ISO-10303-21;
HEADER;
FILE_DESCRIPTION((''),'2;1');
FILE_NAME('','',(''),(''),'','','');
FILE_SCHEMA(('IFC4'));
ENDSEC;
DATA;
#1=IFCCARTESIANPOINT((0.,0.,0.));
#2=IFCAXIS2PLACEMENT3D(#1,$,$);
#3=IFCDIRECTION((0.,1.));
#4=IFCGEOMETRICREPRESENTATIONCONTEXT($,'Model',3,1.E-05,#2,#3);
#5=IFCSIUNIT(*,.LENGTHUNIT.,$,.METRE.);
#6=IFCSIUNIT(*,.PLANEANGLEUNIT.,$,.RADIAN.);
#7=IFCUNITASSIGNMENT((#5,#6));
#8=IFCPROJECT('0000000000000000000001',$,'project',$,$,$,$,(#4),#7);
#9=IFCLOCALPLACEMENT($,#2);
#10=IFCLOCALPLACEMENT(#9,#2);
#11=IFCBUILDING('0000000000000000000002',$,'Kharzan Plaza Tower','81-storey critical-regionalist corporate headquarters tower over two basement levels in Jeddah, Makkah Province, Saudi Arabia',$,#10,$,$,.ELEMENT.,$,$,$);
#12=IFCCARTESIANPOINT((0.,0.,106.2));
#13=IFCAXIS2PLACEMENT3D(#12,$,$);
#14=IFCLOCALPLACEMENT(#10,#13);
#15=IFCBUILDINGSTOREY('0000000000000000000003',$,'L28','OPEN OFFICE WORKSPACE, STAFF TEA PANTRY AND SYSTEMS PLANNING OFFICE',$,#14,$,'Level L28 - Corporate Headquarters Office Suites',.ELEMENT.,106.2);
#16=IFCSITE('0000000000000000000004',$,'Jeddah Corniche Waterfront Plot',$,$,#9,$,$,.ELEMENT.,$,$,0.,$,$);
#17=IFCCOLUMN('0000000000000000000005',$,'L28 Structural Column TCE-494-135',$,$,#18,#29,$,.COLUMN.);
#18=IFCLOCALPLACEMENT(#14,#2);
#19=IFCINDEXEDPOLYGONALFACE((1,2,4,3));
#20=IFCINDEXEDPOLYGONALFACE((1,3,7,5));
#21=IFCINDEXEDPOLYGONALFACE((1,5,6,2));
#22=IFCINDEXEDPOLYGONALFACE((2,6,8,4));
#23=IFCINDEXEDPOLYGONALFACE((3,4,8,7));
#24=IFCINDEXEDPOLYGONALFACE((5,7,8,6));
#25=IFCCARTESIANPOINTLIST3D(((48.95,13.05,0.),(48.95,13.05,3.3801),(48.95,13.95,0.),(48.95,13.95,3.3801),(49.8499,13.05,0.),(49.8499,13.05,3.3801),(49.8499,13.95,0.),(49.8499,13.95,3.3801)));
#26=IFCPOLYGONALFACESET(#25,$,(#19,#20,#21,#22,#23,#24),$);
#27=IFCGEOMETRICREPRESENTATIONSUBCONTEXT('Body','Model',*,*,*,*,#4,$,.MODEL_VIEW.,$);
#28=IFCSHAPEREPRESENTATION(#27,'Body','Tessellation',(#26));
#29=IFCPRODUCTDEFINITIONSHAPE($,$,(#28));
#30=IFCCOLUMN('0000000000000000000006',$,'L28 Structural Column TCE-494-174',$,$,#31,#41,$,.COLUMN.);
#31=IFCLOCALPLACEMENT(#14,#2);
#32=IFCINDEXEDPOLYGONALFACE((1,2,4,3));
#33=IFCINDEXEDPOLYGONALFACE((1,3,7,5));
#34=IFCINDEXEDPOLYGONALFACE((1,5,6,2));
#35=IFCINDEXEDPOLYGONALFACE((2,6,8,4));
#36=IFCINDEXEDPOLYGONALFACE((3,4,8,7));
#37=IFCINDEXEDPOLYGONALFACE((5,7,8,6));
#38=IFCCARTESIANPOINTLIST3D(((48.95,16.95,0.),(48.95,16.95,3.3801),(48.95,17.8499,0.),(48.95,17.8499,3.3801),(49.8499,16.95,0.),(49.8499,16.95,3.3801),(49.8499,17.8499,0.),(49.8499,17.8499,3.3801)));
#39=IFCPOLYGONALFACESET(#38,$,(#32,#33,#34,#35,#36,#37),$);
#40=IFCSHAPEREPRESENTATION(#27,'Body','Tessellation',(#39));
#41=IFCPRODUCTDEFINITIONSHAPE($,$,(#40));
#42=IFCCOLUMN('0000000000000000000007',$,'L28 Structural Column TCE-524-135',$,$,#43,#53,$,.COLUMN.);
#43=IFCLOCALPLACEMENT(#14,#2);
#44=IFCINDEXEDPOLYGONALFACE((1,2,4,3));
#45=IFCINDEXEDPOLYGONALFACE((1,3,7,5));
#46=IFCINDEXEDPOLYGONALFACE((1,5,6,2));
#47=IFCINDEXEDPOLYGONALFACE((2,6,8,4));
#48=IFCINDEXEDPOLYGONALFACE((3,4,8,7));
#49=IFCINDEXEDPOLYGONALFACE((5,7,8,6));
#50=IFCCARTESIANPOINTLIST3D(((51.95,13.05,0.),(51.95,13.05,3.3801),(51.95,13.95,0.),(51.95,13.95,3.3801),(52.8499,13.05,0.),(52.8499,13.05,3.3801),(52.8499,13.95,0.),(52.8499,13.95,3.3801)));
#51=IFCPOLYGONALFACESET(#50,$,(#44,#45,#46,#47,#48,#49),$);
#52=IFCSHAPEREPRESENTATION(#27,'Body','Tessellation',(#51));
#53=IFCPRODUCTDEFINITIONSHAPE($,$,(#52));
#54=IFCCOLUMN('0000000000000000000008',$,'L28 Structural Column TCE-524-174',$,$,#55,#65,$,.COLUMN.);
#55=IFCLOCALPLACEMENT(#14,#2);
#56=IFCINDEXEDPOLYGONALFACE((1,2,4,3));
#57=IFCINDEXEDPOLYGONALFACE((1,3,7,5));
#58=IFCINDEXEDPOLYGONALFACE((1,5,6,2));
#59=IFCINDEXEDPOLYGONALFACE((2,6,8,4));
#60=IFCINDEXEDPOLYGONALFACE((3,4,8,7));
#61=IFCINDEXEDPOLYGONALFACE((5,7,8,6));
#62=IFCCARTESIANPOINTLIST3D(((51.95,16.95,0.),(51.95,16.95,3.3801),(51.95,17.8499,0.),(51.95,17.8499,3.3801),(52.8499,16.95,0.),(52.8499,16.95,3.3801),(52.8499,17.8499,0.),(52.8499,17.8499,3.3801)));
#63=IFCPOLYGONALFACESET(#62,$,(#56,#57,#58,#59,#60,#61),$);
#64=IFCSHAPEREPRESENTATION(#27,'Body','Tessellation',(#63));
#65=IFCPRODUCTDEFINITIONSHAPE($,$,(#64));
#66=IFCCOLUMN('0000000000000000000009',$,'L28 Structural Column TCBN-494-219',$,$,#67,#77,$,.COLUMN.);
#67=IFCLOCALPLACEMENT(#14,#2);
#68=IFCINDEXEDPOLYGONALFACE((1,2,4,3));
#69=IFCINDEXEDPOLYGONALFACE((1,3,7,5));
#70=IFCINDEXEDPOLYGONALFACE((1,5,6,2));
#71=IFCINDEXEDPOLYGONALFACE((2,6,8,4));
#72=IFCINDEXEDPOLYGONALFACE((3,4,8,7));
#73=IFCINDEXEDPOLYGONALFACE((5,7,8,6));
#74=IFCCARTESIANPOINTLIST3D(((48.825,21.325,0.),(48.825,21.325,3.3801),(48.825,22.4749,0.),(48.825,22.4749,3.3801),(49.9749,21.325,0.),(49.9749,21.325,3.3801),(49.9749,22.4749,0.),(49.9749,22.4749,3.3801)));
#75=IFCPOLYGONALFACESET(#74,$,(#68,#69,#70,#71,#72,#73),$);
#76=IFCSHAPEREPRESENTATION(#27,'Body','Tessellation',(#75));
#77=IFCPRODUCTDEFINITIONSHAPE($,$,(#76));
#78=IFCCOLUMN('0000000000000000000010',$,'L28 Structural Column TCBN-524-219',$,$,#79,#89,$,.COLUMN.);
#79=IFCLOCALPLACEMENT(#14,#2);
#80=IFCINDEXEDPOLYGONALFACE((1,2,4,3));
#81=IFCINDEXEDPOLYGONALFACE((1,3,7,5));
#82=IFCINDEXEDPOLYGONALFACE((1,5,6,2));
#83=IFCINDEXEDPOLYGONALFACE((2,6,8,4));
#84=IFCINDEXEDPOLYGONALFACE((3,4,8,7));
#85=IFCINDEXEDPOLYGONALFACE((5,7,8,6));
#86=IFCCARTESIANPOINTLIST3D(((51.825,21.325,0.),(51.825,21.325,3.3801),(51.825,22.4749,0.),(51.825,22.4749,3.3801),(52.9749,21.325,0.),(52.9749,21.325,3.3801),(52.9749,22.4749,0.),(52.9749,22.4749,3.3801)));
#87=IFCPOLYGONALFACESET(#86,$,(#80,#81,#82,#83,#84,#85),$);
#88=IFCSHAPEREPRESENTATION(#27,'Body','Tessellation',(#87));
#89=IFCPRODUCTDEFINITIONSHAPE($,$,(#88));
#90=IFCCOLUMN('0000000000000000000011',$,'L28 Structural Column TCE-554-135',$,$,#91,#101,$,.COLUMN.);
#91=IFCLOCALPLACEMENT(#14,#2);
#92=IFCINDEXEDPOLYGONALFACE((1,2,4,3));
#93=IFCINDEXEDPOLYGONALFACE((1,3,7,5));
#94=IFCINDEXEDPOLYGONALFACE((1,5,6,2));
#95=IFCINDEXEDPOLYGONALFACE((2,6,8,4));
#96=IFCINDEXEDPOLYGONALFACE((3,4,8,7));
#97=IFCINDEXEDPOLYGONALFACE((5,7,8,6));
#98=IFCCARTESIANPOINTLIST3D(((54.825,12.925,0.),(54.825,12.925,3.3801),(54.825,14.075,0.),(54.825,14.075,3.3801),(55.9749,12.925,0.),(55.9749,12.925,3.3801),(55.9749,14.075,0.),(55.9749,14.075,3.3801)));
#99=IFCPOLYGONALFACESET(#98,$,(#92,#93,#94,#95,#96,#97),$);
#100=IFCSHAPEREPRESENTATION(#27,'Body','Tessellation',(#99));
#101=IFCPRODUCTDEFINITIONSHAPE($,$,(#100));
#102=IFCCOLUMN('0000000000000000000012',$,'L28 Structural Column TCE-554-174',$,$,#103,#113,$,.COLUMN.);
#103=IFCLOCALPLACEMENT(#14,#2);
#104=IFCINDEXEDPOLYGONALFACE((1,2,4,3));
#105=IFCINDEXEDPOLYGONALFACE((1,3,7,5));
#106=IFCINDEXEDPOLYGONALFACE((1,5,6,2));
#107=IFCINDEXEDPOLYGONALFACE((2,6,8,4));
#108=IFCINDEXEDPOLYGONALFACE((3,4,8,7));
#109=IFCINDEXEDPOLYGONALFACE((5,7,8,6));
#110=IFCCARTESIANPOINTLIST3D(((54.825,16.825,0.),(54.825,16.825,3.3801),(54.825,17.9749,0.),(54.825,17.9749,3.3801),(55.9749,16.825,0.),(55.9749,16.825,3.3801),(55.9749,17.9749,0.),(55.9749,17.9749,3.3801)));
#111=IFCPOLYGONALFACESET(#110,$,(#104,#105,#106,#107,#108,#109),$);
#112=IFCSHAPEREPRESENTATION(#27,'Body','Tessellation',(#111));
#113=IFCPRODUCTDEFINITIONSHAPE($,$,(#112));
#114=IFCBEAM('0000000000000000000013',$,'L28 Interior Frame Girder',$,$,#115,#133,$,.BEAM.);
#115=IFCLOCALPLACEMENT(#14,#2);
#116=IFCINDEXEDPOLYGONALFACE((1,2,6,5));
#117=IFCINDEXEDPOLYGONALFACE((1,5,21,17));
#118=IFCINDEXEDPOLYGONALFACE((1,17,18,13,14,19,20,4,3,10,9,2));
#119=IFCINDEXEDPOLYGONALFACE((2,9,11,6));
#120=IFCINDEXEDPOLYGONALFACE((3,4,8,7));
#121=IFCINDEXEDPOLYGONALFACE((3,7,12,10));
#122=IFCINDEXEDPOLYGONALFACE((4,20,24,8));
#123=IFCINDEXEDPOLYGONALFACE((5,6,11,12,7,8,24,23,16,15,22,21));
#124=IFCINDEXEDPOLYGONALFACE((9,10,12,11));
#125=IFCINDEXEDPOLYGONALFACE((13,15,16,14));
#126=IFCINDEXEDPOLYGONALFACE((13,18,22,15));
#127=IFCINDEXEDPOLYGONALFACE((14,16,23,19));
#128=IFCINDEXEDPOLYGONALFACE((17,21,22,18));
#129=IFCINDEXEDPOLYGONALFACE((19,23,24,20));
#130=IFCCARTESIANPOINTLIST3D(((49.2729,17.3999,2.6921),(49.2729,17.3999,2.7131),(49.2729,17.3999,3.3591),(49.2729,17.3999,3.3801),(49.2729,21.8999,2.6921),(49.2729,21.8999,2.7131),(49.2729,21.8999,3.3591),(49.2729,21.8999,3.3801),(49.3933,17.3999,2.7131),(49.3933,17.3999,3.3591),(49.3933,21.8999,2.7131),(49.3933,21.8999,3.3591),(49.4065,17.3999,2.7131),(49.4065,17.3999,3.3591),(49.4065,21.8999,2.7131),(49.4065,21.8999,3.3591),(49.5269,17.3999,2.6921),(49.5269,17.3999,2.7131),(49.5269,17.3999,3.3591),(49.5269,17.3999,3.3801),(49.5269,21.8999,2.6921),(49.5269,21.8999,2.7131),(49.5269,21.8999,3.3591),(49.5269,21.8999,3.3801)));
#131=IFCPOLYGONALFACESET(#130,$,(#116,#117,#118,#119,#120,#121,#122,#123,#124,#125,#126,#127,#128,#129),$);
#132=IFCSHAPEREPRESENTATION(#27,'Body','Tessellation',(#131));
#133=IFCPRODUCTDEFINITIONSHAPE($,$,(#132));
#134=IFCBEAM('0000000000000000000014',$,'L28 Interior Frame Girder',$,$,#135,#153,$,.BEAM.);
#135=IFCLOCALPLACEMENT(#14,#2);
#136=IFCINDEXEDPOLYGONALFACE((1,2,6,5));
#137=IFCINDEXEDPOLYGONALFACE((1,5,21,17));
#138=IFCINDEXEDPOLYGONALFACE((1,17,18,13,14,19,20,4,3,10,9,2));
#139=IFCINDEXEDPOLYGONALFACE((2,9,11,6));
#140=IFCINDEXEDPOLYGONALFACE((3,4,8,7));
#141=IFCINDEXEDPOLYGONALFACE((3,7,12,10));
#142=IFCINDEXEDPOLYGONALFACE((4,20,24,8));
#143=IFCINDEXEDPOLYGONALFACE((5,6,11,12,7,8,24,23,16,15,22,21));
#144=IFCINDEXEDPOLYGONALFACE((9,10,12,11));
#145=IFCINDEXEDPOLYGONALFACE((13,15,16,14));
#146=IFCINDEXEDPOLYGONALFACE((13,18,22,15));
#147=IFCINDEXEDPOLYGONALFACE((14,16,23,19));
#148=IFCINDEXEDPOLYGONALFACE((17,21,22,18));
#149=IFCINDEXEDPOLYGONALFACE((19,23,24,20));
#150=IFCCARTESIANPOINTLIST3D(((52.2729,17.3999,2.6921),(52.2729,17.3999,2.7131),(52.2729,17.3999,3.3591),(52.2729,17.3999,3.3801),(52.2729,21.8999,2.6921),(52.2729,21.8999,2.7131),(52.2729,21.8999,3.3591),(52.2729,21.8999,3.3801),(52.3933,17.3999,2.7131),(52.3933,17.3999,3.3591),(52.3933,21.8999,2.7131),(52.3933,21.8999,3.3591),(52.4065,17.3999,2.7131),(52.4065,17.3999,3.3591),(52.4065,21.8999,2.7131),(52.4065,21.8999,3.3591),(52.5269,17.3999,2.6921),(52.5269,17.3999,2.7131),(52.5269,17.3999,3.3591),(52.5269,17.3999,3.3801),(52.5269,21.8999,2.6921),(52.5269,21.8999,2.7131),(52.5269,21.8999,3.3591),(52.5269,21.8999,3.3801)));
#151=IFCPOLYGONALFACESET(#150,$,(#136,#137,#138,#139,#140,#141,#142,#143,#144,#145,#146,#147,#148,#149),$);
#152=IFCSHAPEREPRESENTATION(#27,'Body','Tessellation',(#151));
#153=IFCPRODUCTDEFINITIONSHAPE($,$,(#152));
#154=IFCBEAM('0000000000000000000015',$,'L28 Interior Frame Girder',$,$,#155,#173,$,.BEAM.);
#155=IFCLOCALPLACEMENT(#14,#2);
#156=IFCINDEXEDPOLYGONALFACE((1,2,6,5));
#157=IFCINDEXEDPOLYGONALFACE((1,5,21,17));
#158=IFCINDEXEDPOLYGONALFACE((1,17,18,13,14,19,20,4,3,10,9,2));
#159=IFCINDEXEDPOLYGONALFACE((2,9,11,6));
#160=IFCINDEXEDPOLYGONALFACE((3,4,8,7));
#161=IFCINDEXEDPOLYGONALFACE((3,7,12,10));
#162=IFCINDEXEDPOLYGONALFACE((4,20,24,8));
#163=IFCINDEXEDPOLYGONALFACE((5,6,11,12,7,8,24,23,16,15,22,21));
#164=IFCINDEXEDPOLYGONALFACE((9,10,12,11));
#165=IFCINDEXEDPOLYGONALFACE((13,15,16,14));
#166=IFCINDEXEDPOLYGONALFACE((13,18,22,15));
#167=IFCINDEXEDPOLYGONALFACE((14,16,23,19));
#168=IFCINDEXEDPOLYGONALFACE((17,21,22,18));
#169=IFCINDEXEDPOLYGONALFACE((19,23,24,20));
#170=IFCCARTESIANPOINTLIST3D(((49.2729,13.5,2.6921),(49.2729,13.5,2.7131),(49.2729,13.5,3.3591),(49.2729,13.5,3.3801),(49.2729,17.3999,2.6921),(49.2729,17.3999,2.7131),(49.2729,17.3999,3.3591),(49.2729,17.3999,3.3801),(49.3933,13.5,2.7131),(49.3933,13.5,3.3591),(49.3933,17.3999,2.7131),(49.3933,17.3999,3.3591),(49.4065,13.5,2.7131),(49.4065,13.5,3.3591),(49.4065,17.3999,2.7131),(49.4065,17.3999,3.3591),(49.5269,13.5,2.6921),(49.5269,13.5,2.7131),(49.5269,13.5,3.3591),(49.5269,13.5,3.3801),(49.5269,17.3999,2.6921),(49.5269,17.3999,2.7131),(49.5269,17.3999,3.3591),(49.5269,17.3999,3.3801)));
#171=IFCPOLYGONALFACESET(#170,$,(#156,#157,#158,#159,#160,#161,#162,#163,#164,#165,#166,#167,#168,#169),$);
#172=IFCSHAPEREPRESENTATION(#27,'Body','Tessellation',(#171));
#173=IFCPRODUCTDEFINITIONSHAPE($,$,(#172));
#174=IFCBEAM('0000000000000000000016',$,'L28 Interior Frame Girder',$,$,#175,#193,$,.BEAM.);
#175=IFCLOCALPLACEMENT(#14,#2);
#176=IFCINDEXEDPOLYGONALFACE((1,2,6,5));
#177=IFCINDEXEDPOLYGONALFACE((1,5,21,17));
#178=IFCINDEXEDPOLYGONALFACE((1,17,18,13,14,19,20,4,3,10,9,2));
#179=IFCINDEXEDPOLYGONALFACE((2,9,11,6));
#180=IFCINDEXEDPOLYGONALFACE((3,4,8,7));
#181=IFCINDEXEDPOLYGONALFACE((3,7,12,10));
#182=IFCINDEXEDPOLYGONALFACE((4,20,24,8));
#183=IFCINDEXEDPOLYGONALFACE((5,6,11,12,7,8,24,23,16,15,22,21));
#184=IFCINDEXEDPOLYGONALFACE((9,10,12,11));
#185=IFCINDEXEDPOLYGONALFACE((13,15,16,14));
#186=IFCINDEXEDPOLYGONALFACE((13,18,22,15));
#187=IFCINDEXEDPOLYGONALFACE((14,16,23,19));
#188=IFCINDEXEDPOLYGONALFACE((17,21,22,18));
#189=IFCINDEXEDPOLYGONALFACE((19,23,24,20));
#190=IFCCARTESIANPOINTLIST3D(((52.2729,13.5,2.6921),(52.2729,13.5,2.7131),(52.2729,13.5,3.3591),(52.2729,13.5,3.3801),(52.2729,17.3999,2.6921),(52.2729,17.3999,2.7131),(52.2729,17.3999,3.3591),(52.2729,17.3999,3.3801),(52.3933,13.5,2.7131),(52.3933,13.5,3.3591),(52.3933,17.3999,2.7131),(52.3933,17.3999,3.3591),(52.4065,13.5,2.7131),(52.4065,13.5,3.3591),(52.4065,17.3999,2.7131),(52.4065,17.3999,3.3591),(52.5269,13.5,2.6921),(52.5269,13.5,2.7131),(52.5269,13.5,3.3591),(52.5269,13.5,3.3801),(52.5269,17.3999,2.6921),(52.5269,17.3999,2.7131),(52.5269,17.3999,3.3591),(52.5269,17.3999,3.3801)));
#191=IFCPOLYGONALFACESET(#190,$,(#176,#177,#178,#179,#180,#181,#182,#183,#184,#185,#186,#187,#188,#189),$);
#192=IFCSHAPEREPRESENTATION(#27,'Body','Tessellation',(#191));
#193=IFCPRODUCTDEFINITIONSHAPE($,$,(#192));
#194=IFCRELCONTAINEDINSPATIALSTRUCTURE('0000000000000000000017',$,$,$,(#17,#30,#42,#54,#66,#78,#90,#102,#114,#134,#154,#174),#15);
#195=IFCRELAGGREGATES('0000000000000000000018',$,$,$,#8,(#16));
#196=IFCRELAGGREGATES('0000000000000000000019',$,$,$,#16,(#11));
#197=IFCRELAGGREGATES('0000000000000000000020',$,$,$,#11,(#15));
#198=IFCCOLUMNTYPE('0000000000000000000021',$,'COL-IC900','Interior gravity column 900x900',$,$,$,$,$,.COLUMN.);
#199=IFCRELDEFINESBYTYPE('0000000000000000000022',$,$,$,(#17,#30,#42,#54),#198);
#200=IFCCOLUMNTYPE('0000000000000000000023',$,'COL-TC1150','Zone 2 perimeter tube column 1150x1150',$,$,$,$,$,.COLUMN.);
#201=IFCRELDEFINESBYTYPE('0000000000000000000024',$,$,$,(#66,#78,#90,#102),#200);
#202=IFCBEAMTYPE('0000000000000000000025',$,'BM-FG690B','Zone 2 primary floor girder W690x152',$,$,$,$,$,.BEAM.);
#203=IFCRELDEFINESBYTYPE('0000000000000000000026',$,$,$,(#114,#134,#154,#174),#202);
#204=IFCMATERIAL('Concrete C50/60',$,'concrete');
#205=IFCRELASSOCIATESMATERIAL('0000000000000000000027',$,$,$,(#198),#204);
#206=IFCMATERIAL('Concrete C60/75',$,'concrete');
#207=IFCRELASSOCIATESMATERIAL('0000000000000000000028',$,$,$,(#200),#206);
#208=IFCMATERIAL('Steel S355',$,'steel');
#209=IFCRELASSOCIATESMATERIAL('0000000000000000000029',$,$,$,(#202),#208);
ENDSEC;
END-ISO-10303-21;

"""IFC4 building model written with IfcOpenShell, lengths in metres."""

from ifc_helpers import new_model, si_unit, direction, frame, origin, origin_2d, place, context, subcontext, project, spatial, rectangle, i_section, extrude, source, transform, mapped, material, material_profile, profile_set, type_object, element, save


model = new_model("IFC4")

# Units and contexts
model_context = context("Model", 3, precision=1e-05, world=origin(), true_north=direction((0.0, 1.0)))
body_context = subcontext(model_context, "Body", "Model", "MODEL_VIEW")
ifc_project = project(units=[si_unit("LENGTHUNIT", "METRE"), si_unit("PLANEANGLEUNIT", "RADIAN")], contexts=[model_context])

# Site, building, storey
site_placement = place(None, origin())
site = spatial("IfcSite", under=ifc_project, at=site_placement, Name="Jeddah Corniche Waterfront Plot", CompositionType="ELEMENT", RefElevation=0.0)
building_placement = place(site_placement, origin())
building = spatial("IfcBuilding", under=site, at=building_placement, Name="Kharzan Plaza Tower", Description="81-storey critical-regionalist corporate headquarters tower over two basement levels in Jeddah, Makkah Province, Saudi Arabia", CompositionType="ELEMENT")
storey_placement = place(building_placement, frame((0.0, 0.0, 106.2)))
storey = spatial("IfcBuildingStorey", under=building, at=storey_placement, Name="L28", Description="OPEN OFFICE WORKSPACE, STAFF TEA PANTRY AND SYSTEMS PLANNING OFFICE", LongName="Level L28 - Corporate Headquarters Office Suites", CompositionType="ELEMENT", Elevation=106.2)

# Columns
ifc_material_1 = material(Name="Concrete C50/60", Category="concrete")
ifc_material_profile_1 = material_profile(ifc_material_1, rectangle(XDim=0.8999, YDim=0.8999, at=origin_2d()), Name="RC-IC900x900")
ifc_profile_set_1 = profile_set([ifc_material_profile_1], Name="Concrete C50/60")
column_type_1 = type_object("IfcColumnType", Name="COL-IC900", Description="Interior gravity column 900x900", PredefinedType="COLUMN", material=ifc_profile_set_1)
shared_shape_1 = source(origin(), body_context, "Body", "SweptSolid", [
    extrude(rectangle(XDim=0.8999, YDim=0.8999, at=origin_2d()), origin(), (0.0, 0.0, 1.0), 3.3801),
])
for number, where, z_axis, x_axis, name in (
    (1, (49.3999, 13.5, 0.0), (0.0, 0.0, 1.0), (1.0, 0.0, 0.0), "L28 Structural Column TCE-494-135"),
    (2, (49.3999, 17.3999, 0.0), (0.0, 0.0, 1.0), (1.0, 0.0, 0.0), "L28 Structural Column TCE-494-174"),
    (3, (52.3999, 13.5, 0.0), (0.0, 0.0, 1.0), (1.0, 0.0, 0.0), "L28 Structural Column TCE-524-135"),
    (4, (52.3999, 17.3999, 0.0), (0.0, 0.0, 1.0), (1.0, 0.0, 0.0), "L28 Structural Column TCE-524-174"),
):
    element("IfcColumn", number, at=place(storey_placement, frame(where, z_axis=z_axis, x_axis=x_axis)), inside=storey, type_object=column_type_1, Name=name, PredefinedType="COLUMN", context=body_context, shape_type="MappedRepresentation", body=[
        mapped(shared_shape_1, transform((0.0, 0.0, 0.0), x_axis=(1.0, 0.0, 0.0), y_axis=(0.0, 1.0, 0.0), z_axis=(0.0, 0.0, 1.0))),
    ])
ifc_material_2 = material(Name="Concrete C60/75", Category="concrete")
ifc_material_profile_2 = material_profile(ifc_material_2, rectangle(XDim=1.1499, YDim=1.1499, at=origin_2d()), Name="RC-TC1150x1150")
ifc_profile_set_2 = profile_set([ifc_material_profile_2], Name="Concrete C60/75")
column_type_2 = type_object("IfcColumnType", Name="COL-TC1150", Description="Zone 2 perimeter tube column 1150x1150", PredefinedType="COLUMN", material=ifc_profile_set_2)
shared_shape_2 = source(origin(), body_context, "Body", "SweptSolid", [
    extrude(rectangle(XDim=1.1499, YDim=1.1499, at=origin_2d()), origin(), (0.0, 0.0, 1.0), 3.3801),
])
for number, where, z_axis, x_axis, name in (
    (5, (49.3999, 21.8999, 0.0), (0.0, 0.0, 1.0), (1.0, 0.0, 0.0), "L28 Structural Column TCBN-494-219"),
    (6, (52.3999, 21.8999, 0.0), (0.0, 0.0, 1.0), (1.0, 0.0, 0.0), "L28 Structural Column TCBN-524-219"),
    (7, (55.3999, 13.5, 0.0), (0.0, 0.0, 1.0), (1.0, 0.0, 0.0), "L28 Structural Column TCE-554-135"),
    (8, (55.3999, 17.3999, 0.0), (0.0, 0.0, 1.0), (1.0, 0.0, 0.0), "L28 Structural Column TCE-554-174"),
):
    element("IfcColumn", number, at=place(storey_placement, frame(where, z_axis=z_axis, x_axis=x_axis)), inside=storey, type_object=column_type_2, Name=name, PredefinedType="COLUMN", context=body_context, shape_type="MappedRepresentation", body=[
        mapped(shared_shape_2, transform((0.0, 0.0, 0.0), x_axis=(1.0, 0.0, 0.0), y_axis=(0.0, 1.0, 0.0), z_axis=(0.0, 0.0, 1.0))),
    ])

# Beams
ifc_material_3 = material(Name="Steel S355", Category="steel")
ifc_material_profile_3 = material_profile(ifc_material_3, i_section(OverallWidth=0.2539, OverallDepth=0.688, WebThickness=0.0132, FlangeThickness=0.021, at=origin_2d()), Name="W690x152")
ifc_profile_set_3 = profile_set([ifc_material_profile_3], Name="Steel S355")
beam_type_1 = type_object("IfcBeamType", Name="BM-FG690B", Description="Zone 2 primary floor girder W690x152", PredefinedType="BEAM", material=ifc_profile_set_3)
shared_shape_3 = source(origin(), body_context, "Body", "SweptSolid", [
    extrude(i_section(OverallWidth=0.2539, OverallDepth=0.688, WebThickness=0.0132, FlangeThickness=0.021, at=origin_2d()), origin(), (0.0, 0.0, 1.0), 4.5),
])
for number, where, z_axis, x_axis, name in (
    (9, (49.3999, 17.3999, 3.0361), (0.0, 1.0, 0.0), (-1.0, 0.0, 0.0), "L28 Interior Frame Girder"),
    (10, (52.3999, 17.3999, 3.0361), (0.0, 1.0, 0.0), (-1.0, 0.0, 0.0), "L28 Interior Frame Girder"),
):
    element("IfcBeam", number, at=place(storey_placement, frame(where, z_axis=z_axis, x_axis=x_axis)), inside=storey, type_object=beam_type_1, Name=name, PredefinedType="BEAM", context=body_context, shape_type="MappedRepresentation", body=[
        mapped(shared_shape_3, transform((0.0, 0.0, 0.0), x_axis=(1.0, 0.0, 0.0), y_axis=(0.0, 1.0, 0.0), z_axis=(0.0, 0.0, 1.0))),
    ])
shared_shape_4 = source(origin(), body_context, "Body", "SweptSolid", [
    extrude(i_section(OverallWidth=0.2539, OverallDepth=0.688, WebThickness=0.0132, FlangeThickness=0.021, at=origin_2d()), origin(), (0.0, 0.0, 1.0), 3.8999),
])
for number, where, z_axis, x_axis, name in (
    (11, (49.3999, 13.5, 3.0361), (0.0, 1.0, 0.0), (-1.0, 0.0, 0.0), "L28 Interior Frame Girder"),
    (12, (52.3999, 13.5, 3.0361), (0.0, 1.0, 0.0), (-1.0, 0.0, 0.0), "L28 Interior Frame Girder"),
):
    element("IfcBeam", number, at=place(storey_placement, frame(where, z_axis=z_axis, x_axis=x_axis)), inside=storey, type_object=beam_type_1, Name=name, PredefinedType="BEAM", context=body_context, shape_type="MappedRepresentation", body=[
        mapped(shared_shape_4, transform((0.0, 0.0, 0.0), x_axis=(1.0, 0.0, 0.0), y_axis=(0.0, 1.0, 0.0), z_axis=(0.0, 0.0, 1.0))),
    ])

save(model, "model.ifc")
